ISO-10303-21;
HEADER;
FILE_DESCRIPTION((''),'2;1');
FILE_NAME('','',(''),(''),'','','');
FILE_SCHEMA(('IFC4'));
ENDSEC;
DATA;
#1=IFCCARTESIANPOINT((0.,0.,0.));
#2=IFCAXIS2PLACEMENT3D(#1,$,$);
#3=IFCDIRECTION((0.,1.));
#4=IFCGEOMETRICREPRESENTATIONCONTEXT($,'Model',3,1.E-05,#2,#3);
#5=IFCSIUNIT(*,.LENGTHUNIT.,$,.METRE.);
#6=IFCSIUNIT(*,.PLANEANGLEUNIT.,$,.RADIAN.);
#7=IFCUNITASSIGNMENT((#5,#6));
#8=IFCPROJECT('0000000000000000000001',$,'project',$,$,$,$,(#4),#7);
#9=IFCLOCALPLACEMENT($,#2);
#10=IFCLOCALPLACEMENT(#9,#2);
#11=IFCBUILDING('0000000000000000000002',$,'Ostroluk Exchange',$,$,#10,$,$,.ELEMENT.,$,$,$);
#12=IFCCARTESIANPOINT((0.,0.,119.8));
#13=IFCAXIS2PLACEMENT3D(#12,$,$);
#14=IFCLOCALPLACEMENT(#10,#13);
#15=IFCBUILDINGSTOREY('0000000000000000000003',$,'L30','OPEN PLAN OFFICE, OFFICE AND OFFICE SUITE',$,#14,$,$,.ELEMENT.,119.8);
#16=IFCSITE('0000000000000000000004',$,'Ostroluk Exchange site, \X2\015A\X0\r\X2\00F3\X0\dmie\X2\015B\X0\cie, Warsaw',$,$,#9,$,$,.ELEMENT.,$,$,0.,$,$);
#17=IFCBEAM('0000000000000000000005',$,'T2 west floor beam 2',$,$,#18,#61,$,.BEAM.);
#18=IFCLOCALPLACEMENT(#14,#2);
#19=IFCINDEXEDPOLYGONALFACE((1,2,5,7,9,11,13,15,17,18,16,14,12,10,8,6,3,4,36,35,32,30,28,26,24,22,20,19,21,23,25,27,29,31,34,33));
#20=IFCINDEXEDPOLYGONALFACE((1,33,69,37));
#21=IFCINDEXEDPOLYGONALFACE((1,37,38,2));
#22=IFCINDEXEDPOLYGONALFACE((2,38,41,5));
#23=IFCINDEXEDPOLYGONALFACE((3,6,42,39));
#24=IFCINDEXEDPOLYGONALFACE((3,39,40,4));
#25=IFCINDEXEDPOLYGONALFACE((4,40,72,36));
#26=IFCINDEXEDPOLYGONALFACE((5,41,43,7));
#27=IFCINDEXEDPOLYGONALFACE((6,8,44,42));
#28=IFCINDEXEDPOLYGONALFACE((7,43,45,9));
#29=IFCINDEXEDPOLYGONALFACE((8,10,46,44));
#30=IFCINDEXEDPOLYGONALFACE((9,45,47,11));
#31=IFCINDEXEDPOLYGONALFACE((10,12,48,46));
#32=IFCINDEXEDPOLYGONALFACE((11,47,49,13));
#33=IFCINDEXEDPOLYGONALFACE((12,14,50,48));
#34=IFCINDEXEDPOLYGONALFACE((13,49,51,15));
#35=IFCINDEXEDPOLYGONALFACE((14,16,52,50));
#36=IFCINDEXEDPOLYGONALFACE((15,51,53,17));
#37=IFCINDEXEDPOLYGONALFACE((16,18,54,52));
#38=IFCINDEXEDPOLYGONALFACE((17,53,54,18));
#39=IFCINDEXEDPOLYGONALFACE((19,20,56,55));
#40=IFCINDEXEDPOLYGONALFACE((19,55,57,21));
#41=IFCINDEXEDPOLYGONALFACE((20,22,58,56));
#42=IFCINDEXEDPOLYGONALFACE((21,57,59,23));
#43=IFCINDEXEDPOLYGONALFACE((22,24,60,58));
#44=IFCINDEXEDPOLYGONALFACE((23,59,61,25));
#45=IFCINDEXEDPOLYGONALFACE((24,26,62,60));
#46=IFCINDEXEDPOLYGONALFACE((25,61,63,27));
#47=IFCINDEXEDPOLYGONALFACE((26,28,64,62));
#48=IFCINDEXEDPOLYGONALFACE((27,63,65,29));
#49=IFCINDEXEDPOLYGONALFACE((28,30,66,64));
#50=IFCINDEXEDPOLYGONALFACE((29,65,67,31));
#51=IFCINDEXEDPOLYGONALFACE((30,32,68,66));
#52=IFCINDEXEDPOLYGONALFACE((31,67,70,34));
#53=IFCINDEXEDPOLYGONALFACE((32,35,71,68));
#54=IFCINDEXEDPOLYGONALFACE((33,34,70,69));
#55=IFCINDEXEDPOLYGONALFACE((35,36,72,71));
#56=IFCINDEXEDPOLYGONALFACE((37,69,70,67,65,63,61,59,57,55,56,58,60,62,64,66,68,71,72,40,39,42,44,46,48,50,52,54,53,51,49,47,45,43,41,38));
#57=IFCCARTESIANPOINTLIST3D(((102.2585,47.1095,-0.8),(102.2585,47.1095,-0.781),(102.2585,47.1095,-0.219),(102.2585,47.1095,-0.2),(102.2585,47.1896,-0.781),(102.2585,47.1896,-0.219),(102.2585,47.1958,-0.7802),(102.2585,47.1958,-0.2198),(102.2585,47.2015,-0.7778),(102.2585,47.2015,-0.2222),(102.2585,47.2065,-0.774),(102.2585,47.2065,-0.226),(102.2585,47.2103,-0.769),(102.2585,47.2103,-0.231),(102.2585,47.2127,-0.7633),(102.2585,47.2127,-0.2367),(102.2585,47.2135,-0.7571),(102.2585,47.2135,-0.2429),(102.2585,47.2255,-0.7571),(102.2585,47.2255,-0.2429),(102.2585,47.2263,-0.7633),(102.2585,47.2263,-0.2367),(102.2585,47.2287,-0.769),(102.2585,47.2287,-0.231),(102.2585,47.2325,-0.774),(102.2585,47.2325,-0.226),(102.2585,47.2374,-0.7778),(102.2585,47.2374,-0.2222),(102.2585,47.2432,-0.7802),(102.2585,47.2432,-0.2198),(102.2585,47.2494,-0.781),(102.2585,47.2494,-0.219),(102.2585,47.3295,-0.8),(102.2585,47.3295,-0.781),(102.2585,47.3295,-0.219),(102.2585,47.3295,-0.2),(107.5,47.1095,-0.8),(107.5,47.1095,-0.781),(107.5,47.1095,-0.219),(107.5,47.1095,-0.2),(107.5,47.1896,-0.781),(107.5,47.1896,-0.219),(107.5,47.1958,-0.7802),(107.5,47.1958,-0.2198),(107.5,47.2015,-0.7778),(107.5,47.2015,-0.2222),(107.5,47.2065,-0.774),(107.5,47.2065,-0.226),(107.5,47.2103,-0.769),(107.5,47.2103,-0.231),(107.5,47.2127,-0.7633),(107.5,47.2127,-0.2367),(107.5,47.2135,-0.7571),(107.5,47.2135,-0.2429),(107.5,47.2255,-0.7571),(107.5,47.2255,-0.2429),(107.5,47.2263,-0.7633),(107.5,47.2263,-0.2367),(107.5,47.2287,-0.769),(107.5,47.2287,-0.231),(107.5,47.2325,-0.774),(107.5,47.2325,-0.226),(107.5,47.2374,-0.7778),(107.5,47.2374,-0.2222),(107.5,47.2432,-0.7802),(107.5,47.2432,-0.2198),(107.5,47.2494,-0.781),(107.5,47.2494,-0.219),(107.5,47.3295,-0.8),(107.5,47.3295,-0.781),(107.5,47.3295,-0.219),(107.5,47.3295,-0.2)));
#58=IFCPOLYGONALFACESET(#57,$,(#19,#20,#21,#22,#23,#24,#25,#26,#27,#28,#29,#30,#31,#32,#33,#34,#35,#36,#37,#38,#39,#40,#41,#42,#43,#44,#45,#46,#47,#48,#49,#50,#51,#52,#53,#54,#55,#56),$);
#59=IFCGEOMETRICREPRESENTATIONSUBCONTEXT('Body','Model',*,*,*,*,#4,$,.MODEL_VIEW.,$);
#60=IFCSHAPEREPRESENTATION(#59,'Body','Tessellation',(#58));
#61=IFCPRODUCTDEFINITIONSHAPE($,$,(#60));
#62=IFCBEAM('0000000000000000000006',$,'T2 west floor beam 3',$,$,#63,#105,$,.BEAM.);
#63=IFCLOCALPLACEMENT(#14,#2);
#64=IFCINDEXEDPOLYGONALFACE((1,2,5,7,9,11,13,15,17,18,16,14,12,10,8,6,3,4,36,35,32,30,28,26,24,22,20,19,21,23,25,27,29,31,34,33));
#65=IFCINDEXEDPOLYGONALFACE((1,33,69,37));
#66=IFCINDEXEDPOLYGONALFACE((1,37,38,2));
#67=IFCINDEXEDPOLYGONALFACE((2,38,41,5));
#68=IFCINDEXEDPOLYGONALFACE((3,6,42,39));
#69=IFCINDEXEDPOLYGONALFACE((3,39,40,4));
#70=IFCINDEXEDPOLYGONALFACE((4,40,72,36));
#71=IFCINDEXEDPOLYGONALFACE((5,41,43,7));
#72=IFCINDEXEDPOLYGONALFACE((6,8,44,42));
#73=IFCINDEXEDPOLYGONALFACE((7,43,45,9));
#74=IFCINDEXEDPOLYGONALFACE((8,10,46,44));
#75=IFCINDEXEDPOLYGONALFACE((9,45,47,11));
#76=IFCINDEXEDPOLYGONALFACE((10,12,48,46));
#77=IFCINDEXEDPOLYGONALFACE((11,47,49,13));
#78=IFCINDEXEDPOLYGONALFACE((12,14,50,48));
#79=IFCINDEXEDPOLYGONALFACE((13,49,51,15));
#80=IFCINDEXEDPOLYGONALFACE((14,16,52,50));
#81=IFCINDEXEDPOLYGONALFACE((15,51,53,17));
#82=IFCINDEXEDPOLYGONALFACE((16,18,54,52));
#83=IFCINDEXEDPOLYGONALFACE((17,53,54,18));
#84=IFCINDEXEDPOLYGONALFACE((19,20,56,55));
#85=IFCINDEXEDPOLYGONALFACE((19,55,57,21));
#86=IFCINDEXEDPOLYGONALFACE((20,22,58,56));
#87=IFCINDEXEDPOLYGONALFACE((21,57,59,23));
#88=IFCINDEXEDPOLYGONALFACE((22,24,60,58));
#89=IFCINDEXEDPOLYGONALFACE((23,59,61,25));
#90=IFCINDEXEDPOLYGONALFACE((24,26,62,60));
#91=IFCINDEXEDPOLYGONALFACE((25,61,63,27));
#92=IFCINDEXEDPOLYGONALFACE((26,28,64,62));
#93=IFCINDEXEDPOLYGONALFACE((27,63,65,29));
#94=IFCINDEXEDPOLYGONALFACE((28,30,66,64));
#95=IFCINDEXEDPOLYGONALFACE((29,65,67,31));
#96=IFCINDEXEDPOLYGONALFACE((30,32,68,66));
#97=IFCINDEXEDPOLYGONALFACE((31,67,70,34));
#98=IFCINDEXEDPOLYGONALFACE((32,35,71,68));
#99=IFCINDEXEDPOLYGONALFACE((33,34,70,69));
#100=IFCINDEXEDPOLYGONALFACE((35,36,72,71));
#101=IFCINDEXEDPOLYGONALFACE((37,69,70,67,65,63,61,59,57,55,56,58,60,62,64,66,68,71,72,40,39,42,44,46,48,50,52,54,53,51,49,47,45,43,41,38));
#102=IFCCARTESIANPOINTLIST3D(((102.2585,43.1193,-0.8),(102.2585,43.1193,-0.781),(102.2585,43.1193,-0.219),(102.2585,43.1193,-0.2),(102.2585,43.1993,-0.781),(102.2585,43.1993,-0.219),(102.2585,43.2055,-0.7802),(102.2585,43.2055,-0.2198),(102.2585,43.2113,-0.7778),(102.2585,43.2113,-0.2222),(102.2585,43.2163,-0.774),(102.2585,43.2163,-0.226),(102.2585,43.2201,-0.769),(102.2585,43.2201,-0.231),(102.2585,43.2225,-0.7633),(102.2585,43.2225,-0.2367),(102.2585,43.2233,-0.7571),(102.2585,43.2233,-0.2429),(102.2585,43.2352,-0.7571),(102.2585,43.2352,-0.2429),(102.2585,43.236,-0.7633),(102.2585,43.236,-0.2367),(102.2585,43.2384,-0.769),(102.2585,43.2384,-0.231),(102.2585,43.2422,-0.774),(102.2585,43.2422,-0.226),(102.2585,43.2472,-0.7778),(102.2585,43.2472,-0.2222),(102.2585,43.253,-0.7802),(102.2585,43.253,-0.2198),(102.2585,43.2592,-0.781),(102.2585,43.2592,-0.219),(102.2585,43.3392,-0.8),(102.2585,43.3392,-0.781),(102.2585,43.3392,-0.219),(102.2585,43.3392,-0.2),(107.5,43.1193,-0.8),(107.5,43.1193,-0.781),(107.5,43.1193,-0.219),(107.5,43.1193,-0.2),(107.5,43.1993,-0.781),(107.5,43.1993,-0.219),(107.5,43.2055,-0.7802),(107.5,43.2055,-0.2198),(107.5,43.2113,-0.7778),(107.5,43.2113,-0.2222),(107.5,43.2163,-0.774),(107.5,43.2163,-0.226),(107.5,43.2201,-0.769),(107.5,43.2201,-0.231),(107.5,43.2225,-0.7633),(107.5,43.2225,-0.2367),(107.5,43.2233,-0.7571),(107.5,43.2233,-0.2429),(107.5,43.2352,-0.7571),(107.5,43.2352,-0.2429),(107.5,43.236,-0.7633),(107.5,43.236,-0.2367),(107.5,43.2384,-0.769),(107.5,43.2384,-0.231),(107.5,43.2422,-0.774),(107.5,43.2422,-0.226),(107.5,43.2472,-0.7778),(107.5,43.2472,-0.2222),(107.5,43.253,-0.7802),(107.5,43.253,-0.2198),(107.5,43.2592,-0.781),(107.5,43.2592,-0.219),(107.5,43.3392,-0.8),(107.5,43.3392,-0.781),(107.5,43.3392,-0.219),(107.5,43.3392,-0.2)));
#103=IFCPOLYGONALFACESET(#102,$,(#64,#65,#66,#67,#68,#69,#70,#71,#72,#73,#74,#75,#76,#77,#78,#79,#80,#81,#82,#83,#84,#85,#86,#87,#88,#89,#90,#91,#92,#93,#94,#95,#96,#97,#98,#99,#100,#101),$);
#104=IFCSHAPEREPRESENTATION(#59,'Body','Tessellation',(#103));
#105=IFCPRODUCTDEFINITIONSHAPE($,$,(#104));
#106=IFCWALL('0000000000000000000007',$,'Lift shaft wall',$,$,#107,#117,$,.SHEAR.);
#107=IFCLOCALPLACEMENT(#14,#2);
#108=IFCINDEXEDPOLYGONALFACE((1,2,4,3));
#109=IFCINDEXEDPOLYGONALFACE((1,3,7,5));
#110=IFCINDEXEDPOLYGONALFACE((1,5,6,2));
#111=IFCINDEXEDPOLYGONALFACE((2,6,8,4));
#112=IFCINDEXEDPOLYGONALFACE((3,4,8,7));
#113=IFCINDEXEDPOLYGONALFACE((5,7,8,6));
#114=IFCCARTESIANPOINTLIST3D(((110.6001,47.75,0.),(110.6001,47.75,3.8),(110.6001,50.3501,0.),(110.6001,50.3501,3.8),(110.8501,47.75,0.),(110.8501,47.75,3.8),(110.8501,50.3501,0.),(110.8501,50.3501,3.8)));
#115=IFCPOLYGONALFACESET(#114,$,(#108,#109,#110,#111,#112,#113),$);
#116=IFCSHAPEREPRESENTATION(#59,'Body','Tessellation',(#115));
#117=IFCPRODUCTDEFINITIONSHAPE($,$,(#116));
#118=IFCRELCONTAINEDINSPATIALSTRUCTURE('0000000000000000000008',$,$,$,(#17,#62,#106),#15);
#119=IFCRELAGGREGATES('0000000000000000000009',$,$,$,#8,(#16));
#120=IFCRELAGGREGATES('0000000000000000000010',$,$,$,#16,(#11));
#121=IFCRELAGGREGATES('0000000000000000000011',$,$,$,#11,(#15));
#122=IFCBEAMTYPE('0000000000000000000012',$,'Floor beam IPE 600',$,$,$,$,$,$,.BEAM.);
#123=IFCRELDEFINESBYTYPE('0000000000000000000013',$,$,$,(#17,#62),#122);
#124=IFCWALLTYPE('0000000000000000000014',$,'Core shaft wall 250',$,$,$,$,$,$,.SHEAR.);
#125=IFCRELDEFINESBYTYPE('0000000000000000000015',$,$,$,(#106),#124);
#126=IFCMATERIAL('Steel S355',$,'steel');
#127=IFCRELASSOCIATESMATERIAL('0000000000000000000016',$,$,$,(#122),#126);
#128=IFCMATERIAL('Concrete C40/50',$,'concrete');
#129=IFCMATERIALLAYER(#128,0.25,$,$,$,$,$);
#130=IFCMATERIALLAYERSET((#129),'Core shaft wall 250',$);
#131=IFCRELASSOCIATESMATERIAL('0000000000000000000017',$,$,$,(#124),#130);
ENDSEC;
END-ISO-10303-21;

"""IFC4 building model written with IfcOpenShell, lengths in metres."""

from ifc_helpers import new_model, si_unit, direction, frame, frame_2d, origin, origin_2d, place, context, subcontext, project, spatial, rectangle, i_section, extrude, material, layer, layer_set, material_profile, profile_set, type_object, element, save


model = new_model("IFC4")

# Units and contexts
model_context = context("Model", 3, precision=1e-05, world=origin(), true_north=direction((0.0, 1.0)))
body_context = subcontext(model_context, "Body", "Model", "MODEL_VIEW")
ifc_project = project(units=[si_unit("LENGTHUNIT", "METRE"), si_unit("PLANEANGLEUNIT", "RADIAN")], contexts=[model_context])

# Site, building, storey
site_placement = place(None, origin())
site = spatial("IfcSite", under=ifc_project, at=site_placement, Name="Ostroluk Exchange site, Śródmieście, Warsaw", CompositionType="ELEMENT", RefElevation=0.0)
building_placement = place(site_placement, origin())
building = spatial("IfcBuilding", under=site, at=building_placement, Name="Ostroluk Exchange", CompositionType="ELEMENT")
storey_placement = place(building_placement, frame((0.0, 0.0, 119.8)))
storey = spatial("IfcBuildingStorey", under=building, at=storey_placement, Name="L30", Description="OPEN PLAN OFFICE, OFFICE AND OFFICE SUITE", CompositionType="ELEMENT", Elevation=119.8)

# Beams
ifc_material_1 = material(Name="Steel S355", Category="steel")
ifc_material_profile = material_profile(ifc_material_1, i_section(OverallWidth=0.22, OverallDepth=0.6001, WebThickness=0.012, FlangeThickness=0.019, FilletRadius=0.0239, at=origin_2d()), Name="IPE 600")
ifc_profile_set = profile_set([ifc_material_profile], Name="Steel S355")
beam_type = type_object("IfcBeamType", Name="Floor beam IPE 600", PredefinedType="BEAM", material=ifc_profile_set)
for number, where, z_axis, x_axis, name in (
    (1, (107.5, 47.2195, -0.5), (-1.0, 0.0, 0.0), (0.0, -1.0, 0.0), "T2 west floor beam 2"),
    (2, (107.5, 43.2292, -0.5), (-1.0, 0.0, 0.0), (0.0, -1.0, 0.0), "T2 west floor beam 3"),
):
    element("IfcBeam", number, at=place(storey_placement, frame(where, z_axis=z_axis, x_axis=x_axis)), inside=storey, type_object=beam_type, Name=name, PredefinedType="BEAM", context=body_context, shape_type="SweptSolid", body=[
        extrude(i_section(OverallWidth=0.22, OverallDepth=0.6001, WebThickness=0.012, FlangeThickness=0.019, FilletRadius=0.0239, at=origin_2d()), origin(), (0.0, 0.0, 1.0), 5.2415),
    ])

# Wall
ifc_material_2 = material(Name="Concrete C40/50", Category="concrete")
ifc_layer_1 = layer(ifc_material_2, 0.25)
ifc_layer_set_1 = layer_set([ifc_layer_1], Name="Core shaft wall 250")
wall_type_1 = type_object("IfcWallType", Name="Core shaft wall 250", PredefinedType="SHEAR", material=ifc_layer_set_1)
wall_1_placement = place(storey_placement, frame((110.7251, 47.75, 0.0), z_axis=(0.0, 0.0, 1.0), x_axis=(0.0, 1.0, 0.0)))
element("IfcWall", 3, at=wall_1_placement, inside=storey, type_object=wall_type_1, Name="Lift shaft wall", PredefinedType="SHEAR", context=body_context, shape_type="SweptSolid", body=[
    extrude(rectangle(XDim=2.6001, YDim=0.25, at=frame_2d((1.3, 0.0))), origin(), (0.0, 0.0, 1.0), 3.8),
])

save(model, "model.ifc")
